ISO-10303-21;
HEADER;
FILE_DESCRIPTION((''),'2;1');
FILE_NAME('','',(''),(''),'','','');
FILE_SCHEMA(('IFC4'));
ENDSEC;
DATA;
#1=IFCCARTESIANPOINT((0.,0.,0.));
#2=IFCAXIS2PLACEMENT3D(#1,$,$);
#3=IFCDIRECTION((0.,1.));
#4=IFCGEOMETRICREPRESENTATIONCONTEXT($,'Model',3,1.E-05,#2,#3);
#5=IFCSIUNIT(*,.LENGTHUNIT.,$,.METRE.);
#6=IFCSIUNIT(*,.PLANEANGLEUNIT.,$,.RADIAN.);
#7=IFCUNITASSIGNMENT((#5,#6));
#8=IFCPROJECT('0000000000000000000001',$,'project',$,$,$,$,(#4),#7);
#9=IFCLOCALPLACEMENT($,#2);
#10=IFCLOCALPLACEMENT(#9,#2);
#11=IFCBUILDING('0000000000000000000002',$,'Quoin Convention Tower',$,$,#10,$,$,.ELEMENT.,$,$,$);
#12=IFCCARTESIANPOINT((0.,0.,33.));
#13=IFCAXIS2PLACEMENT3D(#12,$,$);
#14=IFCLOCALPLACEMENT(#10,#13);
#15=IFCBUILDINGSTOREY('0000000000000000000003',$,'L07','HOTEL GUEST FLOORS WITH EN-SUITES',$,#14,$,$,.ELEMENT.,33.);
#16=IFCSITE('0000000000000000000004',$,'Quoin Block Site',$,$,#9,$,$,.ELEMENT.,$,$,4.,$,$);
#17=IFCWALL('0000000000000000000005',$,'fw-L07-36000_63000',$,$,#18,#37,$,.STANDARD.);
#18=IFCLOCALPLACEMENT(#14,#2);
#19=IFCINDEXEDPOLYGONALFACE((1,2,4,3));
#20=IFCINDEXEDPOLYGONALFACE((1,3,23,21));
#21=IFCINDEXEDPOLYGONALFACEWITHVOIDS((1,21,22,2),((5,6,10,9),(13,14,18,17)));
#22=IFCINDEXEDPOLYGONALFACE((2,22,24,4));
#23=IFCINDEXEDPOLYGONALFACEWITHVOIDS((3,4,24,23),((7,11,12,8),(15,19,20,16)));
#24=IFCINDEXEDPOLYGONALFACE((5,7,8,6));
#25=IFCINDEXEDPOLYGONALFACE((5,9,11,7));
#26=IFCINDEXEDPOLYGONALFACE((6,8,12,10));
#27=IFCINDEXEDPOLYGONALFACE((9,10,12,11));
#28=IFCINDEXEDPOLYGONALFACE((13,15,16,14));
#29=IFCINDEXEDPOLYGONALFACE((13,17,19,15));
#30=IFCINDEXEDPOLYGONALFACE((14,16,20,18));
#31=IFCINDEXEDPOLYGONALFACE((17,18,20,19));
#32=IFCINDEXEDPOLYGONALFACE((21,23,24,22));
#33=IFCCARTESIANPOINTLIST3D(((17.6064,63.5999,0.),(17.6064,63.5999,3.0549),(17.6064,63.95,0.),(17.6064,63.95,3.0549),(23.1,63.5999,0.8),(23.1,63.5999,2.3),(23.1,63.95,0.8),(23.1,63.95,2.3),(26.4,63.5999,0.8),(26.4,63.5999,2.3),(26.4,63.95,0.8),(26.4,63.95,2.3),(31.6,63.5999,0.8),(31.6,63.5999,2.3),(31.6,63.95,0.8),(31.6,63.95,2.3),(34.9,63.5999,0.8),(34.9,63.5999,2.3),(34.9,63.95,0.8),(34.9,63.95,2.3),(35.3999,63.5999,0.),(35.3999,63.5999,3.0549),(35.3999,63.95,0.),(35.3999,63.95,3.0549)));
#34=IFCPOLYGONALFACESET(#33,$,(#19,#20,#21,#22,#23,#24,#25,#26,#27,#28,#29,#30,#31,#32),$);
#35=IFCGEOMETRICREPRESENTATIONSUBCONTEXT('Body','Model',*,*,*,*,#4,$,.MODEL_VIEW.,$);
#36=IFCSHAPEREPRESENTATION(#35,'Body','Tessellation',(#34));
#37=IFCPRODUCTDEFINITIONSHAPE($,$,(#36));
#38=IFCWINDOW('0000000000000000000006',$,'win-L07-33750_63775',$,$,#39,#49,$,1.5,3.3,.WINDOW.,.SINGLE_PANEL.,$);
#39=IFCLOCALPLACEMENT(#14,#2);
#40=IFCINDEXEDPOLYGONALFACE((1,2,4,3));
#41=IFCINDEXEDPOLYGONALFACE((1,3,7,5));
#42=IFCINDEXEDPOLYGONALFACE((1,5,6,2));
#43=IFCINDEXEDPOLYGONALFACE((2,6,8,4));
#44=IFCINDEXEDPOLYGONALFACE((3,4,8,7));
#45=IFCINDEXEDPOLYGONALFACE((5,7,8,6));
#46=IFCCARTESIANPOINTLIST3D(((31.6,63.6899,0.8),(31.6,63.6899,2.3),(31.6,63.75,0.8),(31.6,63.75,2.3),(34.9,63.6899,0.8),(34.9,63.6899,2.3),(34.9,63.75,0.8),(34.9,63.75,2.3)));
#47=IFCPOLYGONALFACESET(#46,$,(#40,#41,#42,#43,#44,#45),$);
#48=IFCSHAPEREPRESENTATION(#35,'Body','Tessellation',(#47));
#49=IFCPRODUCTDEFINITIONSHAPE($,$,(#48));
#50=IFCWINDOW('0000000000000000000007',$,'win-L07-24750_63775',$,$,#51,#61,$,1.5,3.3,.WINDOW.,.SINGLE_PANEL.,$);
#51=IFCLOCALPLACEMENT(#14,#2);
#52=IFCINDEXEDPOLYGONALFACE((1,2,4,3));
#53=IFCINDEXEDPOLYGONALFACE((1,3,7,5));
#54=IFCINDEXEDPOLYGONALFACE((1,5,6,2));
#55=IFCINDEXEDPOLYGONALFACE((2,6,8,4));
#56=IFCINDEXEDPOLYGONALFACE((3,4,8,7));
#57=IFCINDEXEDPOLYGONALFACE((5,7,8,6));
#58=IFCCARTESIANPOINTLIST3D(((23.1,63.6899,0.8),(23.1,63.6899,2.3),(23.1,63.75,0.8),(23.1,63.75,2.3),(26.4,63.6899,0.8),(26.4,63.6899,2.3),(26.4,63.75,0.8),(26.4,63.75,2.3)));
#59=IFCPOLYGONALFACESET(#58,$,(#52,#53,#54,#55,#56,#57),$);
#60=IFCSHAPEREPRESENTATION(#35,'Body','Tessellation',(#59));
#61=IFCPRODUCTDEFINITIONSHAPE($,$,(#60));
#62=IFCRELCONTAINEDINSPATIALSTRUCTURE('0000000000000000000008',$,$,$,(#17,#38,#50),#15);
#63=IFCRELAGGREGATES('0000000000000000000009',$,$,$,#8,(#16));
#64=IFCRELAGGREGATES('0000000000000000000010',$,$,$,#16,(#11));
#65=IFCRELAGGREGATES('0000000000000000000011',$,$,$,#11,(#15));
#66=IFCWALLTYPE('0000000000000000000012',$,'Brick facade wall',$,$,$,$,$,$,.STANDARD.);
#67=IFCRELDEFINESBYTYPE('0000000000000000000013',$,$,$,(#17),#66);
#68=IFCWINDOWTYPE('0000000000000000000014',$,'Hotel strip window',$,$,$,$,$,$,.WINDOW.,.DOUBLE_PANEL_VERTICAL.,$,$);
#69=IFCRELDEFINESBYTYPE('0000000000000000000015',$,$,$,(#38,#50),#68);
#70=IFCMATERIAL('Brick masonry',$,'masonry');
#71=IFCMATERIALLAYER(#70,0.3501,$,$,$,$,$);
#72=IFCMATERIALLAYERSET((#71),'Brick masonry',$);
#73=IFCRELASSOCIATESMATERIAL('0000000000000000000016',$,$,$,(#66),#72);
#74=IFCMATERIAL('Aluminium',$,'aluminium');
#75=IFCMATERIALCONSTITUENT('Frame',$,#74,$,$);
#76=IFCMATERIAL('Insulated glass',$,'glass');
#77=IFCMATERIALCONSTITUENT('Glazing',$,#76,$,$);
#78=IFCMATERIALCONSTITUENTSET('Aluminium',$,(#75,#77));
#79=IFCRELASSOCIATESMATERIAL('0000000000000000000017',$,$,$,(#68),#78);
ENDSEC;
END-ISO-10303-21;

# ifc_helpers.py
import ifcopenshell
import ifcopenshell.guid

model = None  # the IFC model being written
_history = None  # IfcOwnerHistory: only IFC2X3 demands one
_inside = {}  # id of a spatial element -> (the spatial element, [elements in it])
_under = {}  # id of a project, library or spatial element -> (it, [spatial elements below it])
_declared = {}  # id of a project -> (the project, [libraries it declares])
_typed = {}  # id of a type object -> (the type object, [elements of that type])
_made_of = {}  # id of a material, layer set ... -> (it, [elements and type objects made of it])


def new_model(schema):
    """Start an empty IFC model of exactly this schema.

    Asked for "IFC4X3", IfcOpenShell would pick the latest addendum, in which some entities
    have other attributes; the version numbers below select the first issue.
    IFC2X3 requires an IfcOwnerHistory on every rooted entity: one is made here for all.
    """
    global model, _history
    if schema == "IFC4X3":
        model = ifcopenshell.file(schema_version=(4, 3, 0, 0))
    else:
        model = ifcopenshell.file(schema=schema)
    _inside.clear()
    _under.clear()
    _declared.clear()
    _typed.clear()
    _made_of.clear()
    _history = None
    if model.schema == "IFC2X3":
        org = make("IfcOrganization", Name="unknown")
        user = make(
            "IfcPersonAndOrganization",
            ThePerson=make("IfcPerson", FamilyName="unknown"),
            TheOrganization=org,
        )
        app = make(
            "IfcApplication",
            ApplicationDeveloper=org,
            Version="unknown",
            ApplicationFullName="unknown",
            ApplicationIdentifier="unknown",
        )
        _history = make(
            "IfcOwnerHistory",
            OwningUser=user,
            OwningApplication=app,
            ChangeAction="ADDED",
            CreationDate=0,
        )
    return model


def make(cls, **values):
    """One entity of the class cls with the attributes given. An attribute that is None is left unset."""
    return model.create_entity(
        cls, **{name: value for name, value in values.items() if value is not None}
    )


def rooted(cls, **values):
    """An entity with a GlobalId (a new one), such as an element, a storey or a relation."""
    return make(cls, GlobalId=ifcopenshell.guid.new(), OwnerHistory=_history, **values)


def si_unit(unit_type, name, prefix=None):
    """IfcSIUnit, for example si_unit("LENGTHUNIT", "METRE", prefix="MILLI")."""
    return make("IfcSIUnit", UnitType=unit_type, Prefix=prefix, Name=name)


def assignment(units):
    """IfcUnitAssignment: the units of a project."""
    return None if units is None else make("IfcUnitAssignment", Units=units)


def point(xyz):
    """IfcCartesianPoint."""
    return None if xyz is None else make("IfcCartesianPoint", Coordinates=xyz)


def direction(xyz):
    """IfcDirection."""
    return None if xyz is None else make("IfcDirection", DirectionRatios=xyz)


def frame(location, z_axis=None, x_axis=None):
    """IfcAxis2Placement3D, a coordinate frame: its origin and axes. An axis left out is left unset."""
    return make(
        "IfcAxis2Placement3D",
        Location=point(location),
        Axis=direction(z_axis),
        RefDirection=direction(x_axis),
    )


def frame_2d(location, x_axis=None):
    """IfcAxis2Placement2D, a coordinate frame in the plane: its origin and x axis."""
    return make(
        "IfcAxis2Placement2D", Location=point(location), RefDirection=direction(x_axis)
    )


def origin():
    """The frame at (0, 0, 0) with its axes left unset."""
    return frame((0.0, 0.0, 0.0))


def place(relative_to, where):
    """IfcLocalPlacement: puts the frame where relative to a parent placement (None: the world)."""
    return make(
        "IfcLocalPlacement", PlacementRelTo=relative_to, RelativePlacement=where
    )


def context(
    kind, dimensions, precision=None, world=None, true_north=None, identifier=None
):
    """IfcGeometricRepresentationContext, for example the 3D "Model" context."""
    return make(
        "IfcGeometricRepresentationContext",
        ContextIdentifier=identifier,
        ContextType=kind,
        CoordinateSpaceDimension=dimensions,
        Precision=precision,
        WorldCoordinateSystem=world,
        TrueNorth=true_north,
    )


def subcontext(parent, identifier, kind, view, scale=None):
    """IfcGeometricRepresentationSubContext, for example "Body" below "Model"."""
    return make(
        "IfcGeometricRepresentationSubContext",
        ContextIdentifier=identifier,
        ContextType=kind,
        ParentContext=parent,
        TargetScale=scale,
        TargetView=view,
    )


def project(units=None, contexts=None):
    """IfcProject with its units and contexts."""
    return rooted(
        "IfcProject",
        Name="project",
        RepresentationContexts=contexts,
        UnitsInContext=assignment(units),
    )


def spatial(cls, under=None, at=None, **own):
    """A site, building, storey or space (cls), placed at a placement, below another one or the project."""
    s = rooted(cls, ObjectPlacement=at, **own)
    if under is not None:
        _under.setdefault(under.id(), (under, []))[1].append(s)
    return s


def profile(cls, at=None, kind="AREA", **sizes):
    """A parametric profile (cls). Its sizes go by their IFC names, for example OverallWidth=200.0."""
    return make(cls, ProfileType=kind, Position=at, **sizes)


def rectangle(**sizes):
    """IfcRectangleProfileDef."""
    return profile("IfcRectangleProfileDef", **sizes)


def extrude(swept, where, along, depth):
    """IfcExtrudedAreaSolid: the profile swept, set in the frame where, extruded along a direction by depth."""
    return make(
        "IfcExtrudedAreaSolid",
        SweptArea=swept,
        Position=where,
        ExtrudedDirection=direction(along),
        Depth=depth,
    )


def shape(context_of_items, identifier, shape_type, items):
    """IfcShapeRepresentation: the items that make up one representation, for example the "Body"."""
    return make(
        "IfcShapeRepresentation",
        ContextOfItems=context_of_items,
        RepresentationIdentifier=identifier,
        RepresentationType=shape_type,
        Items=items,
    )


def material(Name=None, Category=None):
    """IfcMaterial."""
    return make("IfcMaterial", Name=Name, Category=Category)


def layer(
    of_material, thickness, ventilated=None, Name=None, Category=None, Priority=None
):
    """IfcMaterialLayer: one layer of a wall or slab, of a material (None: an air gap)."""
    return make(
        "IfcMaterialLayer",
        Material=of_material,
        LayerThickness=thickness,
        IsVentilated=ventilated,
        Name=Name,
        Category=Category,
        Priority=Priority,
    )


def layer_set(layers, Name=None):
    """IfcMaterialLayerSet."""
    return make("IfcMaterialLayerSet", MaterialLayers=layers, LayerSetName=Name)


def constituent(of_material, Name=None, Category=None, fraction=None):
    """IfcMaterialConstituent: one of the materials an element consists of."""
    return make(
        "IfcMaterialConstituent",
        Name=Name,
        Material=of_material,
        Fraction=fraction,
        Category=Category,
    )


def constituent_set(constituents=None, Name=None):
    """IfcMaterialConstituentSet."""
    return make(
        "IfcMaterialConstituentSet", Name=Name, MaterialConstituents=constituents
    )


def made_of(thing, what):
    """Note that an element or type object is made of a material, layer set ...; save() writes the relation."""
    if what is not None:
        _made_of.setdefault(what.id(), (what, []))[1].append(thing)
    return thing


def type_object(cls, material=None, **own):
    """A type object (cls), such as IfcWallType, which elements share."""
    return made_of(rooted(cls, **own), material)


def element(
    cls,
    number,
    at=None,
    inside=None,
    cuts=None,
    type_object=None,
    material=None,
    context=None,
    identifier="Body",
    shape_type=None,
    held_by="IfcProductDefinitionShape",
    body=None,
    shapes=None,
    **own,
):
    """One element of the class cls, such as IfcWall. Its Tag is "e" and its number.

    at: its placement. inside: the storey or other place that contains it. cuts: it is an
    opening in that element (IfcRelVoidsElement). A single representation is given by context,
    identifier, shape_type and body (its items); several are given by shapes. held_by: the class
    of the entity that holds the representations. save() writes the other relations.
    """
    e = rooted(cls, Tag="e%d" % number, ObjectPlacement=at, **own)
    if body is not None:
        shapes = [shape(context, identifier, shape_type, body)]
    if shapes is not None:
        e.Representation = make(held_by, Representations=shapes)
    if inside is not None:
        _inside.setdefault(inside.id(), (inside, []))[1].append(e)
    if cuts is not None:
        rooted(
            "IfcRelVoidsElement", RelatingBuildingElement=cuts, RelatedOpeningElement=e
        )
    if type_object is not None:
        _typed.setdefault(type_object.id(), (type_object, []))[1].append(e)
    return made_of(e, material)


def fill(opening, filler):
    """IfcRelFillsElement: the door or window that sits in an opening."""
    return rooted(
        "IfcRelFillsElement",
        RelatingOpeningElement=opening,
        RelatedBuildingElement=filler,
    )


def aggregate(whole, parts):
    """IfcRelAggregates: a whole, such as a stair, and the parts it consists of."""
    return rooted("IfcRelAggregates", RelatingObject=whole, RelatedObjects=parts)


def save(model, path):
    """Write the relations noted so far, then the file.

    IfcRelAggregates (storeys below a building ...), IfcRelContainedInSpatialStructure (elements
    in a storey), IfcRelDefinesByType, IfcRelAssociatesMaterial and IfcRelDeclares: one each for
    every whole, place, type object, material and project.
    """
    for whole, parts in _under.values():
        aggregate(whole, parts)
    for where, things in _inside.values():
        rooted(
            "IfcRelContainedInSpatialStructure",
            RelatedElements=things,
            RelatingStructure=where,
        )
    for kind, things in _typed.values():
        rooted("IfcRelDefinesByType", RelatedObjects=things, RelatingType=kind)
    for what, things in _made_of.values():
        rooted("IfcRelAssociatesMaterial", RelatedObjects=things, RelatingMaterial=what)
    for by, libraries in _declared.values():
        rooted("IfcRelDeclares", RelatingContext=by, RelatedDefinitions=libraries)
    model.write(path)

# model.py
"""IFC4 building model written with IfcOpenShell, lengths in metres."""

from ifc_helpers import new_model, si_unit, direction, frame, frame_2d, origin, place, context, subcontext, project, spatial, rectangle, extrude, material, layer, layer_set, constituent, constituent_set, type_object, element, fill, save


model = new_model("IFC4")

# Units and contexts
model_context = context("Model", 3, precision=1e-05, world=origin(), true_north=direction((0.0, 1.0)))
body_context = subcontext(model_context, "Body", "Model", "MODEL_VIEW")
ifc_project = project(units=[si_unit("LENGTHUNIT", "METRE"), si_unit("PLANEANGLEUNIT", "RADIAN")], contexts=[model_context])

# Site, building, storey
site_placement = place(None, origin())
site = spatial("IfcSite", under=ifc_project, at=site_placement, Name="Quoin Block Site", CompositionType="ELEMENT", RefElevation=4.0)
building_placement = place(site_placement, origin())
building = spatial("IfcBuilding", under=site, at=building_placement, Name="Quoin Convention Tower", CompositionType="ELEMENT")
storey_placement = place(building_placement, frame((0.0, 0.0, 33.0)))
storey = spatial("IfcBuildingStorey", under=building, at=storey_placement, Name="L07", Description="HOTEL GUEST FLOORS WITH EN-SUITES", CompositionType="ELEMENT", Elevation=33.0)

# Shared definitions
ifc_material_1 = material(Name="Brick masonry", Category="masonry")
ifc_layer = layer(ifc_material_1, 0.3501)
ifc_layer_set = layer_set([ifc_layer], Name="Brick masonry")
wall_type = type_object("IfcWallType", Name="Brick facade wall", PredefinedType="STANDARD", material=ifc_layer_set)
ifc_material_2 = material(Name="Aluminium", Category="aluminium")
ifc_constituent_1 = constituent(ifc_material_2, Name="Frame")
ifc_material_3 = material(Name="Insulated glass", Category="glass")
ifc_constituent_2 = constituent(ifc_material_3, Name="Glazing")
ifc_constituent_set = constituent_set(constituents=[ifc_constituent_1, ifc_constituent_2], Name="Aluminium")
window_type = type_object("IfcWindowType", Name="Hotel strip window", PartitioningType="DOUBLE_PANEL_VERTICAL", PredefinedType="WINDOW", material=ifc_constituent_set)

# Wall, openings, windows
wall_1_placement = place(storey_placement, frame((35.3999, 63.7749, 0.0), z_axis=(0.0, 0.0, 1.0), x_axis=(-1.0, 0.0, 0.0)))
wall_1 = element("IfcWall", 1, at=wall_1_placement, inside=storey, type_object=wall_type, Name="fw-L07-36000_63000", PredefinedType="STANDARD", context=body_context, shape_type="SweptSolid", body=[
    extrude(rectangle(XDim=17.7935, YDim=0.3501, at=frame_2d((8.8967, 0.0))), origin(), (0.0, 0.0, 1.0), 3.0549),
])
opening_1_placement = place(wall_1_placement, frame((0.5, 0.0, 0.8)))
opening_1 = element("IfcOpeningElement", 2, at=opening_1_placement, cuts=wall_1, PredefinedType="OPENING", context=body_context, shape_type="SweptSolid", body=[
    extrude(rectangle(XDim=3.3, YDim=1.5, at=frame_2d((1.6499, 0.75))), frame((0.0, 0.1851, 0.0), z_axis=(0.0, -1.0, 0.0), x_axis=(1.0, 0.0, 0.0)), (0.0, 0.0, 1.0), 0.3701),
])
opening_2_placement = place(wall_1_placement, frame((9.0, 0.0, 0.8)))
opening_2 = element("IfcOpeningElement", 3, at=opening_2_placement, cuts=wall_1, PredefinedType="OPENING", context=body_context, shape_type="SweptSolid", body=[
    extrude(rectangle(XDim=3.3, YDim=1.5, at=frame_2d((1.6499, 0.75))), frame((0.0, 0.1851, 0.0), z_axis=(0.0, -1.0, 0.0), x_axis=(1.0, 0.0, 0.0)), (0.0, 0.0, 1.0), 0.3701),
])
window_1_placement = place(opening_1_placement, origin())
window_1 = element("IfcWindow", 4, at=window_1_placement, inside=storey, type_object=window_type, Name="win-L07-33750_63775", OverallHeight=1.5, OverallWidth=3.3, PartitioningType="SINGLE_PANEL", PredefinedType="WINDOW", context=body_context, shape_type="SweptSolid", body=[
    extrude(rectangle(XDim=3.3, YDim=1.5, at=frame_2d((1.6499, 0.75))), frame((0.0, 0.085, 0.0), z_axis=(0.0, -1.0, 0.0), x_axis=(1.0, 0.0, 0.0)), (0.0, 0.0, 1.0), 0.0601),
])
fill(opening_1, window_1)
window_2_placement = place(opening_2_placement, origin())
window_2 = element("IfcWindow", 5, at=window_2_placement, inside=storey, type_object=window_type, Name="win-L07-24750_63775", OverallHeight=1.5, OverallWidth=3.3, PartitioningType="SINGLE_PANEL", PredefinedType="WINDOW", context=body_context, shape_type="SweptSolid", body=[
    extrude(rectangle(XDim=3.3, YDim=1.5, at=frame_2d((1.6499, 0.75))), frame((0.0, 0.085, 0.0), z_axis=(0.0, -1.0, 0.0), x_axis=(1.0, 0.0, 0.0)), (0.0, 0.0, 1.0), 0.0601),
])
fill(opening_2, window_2)

save(model, "model.ifc")
